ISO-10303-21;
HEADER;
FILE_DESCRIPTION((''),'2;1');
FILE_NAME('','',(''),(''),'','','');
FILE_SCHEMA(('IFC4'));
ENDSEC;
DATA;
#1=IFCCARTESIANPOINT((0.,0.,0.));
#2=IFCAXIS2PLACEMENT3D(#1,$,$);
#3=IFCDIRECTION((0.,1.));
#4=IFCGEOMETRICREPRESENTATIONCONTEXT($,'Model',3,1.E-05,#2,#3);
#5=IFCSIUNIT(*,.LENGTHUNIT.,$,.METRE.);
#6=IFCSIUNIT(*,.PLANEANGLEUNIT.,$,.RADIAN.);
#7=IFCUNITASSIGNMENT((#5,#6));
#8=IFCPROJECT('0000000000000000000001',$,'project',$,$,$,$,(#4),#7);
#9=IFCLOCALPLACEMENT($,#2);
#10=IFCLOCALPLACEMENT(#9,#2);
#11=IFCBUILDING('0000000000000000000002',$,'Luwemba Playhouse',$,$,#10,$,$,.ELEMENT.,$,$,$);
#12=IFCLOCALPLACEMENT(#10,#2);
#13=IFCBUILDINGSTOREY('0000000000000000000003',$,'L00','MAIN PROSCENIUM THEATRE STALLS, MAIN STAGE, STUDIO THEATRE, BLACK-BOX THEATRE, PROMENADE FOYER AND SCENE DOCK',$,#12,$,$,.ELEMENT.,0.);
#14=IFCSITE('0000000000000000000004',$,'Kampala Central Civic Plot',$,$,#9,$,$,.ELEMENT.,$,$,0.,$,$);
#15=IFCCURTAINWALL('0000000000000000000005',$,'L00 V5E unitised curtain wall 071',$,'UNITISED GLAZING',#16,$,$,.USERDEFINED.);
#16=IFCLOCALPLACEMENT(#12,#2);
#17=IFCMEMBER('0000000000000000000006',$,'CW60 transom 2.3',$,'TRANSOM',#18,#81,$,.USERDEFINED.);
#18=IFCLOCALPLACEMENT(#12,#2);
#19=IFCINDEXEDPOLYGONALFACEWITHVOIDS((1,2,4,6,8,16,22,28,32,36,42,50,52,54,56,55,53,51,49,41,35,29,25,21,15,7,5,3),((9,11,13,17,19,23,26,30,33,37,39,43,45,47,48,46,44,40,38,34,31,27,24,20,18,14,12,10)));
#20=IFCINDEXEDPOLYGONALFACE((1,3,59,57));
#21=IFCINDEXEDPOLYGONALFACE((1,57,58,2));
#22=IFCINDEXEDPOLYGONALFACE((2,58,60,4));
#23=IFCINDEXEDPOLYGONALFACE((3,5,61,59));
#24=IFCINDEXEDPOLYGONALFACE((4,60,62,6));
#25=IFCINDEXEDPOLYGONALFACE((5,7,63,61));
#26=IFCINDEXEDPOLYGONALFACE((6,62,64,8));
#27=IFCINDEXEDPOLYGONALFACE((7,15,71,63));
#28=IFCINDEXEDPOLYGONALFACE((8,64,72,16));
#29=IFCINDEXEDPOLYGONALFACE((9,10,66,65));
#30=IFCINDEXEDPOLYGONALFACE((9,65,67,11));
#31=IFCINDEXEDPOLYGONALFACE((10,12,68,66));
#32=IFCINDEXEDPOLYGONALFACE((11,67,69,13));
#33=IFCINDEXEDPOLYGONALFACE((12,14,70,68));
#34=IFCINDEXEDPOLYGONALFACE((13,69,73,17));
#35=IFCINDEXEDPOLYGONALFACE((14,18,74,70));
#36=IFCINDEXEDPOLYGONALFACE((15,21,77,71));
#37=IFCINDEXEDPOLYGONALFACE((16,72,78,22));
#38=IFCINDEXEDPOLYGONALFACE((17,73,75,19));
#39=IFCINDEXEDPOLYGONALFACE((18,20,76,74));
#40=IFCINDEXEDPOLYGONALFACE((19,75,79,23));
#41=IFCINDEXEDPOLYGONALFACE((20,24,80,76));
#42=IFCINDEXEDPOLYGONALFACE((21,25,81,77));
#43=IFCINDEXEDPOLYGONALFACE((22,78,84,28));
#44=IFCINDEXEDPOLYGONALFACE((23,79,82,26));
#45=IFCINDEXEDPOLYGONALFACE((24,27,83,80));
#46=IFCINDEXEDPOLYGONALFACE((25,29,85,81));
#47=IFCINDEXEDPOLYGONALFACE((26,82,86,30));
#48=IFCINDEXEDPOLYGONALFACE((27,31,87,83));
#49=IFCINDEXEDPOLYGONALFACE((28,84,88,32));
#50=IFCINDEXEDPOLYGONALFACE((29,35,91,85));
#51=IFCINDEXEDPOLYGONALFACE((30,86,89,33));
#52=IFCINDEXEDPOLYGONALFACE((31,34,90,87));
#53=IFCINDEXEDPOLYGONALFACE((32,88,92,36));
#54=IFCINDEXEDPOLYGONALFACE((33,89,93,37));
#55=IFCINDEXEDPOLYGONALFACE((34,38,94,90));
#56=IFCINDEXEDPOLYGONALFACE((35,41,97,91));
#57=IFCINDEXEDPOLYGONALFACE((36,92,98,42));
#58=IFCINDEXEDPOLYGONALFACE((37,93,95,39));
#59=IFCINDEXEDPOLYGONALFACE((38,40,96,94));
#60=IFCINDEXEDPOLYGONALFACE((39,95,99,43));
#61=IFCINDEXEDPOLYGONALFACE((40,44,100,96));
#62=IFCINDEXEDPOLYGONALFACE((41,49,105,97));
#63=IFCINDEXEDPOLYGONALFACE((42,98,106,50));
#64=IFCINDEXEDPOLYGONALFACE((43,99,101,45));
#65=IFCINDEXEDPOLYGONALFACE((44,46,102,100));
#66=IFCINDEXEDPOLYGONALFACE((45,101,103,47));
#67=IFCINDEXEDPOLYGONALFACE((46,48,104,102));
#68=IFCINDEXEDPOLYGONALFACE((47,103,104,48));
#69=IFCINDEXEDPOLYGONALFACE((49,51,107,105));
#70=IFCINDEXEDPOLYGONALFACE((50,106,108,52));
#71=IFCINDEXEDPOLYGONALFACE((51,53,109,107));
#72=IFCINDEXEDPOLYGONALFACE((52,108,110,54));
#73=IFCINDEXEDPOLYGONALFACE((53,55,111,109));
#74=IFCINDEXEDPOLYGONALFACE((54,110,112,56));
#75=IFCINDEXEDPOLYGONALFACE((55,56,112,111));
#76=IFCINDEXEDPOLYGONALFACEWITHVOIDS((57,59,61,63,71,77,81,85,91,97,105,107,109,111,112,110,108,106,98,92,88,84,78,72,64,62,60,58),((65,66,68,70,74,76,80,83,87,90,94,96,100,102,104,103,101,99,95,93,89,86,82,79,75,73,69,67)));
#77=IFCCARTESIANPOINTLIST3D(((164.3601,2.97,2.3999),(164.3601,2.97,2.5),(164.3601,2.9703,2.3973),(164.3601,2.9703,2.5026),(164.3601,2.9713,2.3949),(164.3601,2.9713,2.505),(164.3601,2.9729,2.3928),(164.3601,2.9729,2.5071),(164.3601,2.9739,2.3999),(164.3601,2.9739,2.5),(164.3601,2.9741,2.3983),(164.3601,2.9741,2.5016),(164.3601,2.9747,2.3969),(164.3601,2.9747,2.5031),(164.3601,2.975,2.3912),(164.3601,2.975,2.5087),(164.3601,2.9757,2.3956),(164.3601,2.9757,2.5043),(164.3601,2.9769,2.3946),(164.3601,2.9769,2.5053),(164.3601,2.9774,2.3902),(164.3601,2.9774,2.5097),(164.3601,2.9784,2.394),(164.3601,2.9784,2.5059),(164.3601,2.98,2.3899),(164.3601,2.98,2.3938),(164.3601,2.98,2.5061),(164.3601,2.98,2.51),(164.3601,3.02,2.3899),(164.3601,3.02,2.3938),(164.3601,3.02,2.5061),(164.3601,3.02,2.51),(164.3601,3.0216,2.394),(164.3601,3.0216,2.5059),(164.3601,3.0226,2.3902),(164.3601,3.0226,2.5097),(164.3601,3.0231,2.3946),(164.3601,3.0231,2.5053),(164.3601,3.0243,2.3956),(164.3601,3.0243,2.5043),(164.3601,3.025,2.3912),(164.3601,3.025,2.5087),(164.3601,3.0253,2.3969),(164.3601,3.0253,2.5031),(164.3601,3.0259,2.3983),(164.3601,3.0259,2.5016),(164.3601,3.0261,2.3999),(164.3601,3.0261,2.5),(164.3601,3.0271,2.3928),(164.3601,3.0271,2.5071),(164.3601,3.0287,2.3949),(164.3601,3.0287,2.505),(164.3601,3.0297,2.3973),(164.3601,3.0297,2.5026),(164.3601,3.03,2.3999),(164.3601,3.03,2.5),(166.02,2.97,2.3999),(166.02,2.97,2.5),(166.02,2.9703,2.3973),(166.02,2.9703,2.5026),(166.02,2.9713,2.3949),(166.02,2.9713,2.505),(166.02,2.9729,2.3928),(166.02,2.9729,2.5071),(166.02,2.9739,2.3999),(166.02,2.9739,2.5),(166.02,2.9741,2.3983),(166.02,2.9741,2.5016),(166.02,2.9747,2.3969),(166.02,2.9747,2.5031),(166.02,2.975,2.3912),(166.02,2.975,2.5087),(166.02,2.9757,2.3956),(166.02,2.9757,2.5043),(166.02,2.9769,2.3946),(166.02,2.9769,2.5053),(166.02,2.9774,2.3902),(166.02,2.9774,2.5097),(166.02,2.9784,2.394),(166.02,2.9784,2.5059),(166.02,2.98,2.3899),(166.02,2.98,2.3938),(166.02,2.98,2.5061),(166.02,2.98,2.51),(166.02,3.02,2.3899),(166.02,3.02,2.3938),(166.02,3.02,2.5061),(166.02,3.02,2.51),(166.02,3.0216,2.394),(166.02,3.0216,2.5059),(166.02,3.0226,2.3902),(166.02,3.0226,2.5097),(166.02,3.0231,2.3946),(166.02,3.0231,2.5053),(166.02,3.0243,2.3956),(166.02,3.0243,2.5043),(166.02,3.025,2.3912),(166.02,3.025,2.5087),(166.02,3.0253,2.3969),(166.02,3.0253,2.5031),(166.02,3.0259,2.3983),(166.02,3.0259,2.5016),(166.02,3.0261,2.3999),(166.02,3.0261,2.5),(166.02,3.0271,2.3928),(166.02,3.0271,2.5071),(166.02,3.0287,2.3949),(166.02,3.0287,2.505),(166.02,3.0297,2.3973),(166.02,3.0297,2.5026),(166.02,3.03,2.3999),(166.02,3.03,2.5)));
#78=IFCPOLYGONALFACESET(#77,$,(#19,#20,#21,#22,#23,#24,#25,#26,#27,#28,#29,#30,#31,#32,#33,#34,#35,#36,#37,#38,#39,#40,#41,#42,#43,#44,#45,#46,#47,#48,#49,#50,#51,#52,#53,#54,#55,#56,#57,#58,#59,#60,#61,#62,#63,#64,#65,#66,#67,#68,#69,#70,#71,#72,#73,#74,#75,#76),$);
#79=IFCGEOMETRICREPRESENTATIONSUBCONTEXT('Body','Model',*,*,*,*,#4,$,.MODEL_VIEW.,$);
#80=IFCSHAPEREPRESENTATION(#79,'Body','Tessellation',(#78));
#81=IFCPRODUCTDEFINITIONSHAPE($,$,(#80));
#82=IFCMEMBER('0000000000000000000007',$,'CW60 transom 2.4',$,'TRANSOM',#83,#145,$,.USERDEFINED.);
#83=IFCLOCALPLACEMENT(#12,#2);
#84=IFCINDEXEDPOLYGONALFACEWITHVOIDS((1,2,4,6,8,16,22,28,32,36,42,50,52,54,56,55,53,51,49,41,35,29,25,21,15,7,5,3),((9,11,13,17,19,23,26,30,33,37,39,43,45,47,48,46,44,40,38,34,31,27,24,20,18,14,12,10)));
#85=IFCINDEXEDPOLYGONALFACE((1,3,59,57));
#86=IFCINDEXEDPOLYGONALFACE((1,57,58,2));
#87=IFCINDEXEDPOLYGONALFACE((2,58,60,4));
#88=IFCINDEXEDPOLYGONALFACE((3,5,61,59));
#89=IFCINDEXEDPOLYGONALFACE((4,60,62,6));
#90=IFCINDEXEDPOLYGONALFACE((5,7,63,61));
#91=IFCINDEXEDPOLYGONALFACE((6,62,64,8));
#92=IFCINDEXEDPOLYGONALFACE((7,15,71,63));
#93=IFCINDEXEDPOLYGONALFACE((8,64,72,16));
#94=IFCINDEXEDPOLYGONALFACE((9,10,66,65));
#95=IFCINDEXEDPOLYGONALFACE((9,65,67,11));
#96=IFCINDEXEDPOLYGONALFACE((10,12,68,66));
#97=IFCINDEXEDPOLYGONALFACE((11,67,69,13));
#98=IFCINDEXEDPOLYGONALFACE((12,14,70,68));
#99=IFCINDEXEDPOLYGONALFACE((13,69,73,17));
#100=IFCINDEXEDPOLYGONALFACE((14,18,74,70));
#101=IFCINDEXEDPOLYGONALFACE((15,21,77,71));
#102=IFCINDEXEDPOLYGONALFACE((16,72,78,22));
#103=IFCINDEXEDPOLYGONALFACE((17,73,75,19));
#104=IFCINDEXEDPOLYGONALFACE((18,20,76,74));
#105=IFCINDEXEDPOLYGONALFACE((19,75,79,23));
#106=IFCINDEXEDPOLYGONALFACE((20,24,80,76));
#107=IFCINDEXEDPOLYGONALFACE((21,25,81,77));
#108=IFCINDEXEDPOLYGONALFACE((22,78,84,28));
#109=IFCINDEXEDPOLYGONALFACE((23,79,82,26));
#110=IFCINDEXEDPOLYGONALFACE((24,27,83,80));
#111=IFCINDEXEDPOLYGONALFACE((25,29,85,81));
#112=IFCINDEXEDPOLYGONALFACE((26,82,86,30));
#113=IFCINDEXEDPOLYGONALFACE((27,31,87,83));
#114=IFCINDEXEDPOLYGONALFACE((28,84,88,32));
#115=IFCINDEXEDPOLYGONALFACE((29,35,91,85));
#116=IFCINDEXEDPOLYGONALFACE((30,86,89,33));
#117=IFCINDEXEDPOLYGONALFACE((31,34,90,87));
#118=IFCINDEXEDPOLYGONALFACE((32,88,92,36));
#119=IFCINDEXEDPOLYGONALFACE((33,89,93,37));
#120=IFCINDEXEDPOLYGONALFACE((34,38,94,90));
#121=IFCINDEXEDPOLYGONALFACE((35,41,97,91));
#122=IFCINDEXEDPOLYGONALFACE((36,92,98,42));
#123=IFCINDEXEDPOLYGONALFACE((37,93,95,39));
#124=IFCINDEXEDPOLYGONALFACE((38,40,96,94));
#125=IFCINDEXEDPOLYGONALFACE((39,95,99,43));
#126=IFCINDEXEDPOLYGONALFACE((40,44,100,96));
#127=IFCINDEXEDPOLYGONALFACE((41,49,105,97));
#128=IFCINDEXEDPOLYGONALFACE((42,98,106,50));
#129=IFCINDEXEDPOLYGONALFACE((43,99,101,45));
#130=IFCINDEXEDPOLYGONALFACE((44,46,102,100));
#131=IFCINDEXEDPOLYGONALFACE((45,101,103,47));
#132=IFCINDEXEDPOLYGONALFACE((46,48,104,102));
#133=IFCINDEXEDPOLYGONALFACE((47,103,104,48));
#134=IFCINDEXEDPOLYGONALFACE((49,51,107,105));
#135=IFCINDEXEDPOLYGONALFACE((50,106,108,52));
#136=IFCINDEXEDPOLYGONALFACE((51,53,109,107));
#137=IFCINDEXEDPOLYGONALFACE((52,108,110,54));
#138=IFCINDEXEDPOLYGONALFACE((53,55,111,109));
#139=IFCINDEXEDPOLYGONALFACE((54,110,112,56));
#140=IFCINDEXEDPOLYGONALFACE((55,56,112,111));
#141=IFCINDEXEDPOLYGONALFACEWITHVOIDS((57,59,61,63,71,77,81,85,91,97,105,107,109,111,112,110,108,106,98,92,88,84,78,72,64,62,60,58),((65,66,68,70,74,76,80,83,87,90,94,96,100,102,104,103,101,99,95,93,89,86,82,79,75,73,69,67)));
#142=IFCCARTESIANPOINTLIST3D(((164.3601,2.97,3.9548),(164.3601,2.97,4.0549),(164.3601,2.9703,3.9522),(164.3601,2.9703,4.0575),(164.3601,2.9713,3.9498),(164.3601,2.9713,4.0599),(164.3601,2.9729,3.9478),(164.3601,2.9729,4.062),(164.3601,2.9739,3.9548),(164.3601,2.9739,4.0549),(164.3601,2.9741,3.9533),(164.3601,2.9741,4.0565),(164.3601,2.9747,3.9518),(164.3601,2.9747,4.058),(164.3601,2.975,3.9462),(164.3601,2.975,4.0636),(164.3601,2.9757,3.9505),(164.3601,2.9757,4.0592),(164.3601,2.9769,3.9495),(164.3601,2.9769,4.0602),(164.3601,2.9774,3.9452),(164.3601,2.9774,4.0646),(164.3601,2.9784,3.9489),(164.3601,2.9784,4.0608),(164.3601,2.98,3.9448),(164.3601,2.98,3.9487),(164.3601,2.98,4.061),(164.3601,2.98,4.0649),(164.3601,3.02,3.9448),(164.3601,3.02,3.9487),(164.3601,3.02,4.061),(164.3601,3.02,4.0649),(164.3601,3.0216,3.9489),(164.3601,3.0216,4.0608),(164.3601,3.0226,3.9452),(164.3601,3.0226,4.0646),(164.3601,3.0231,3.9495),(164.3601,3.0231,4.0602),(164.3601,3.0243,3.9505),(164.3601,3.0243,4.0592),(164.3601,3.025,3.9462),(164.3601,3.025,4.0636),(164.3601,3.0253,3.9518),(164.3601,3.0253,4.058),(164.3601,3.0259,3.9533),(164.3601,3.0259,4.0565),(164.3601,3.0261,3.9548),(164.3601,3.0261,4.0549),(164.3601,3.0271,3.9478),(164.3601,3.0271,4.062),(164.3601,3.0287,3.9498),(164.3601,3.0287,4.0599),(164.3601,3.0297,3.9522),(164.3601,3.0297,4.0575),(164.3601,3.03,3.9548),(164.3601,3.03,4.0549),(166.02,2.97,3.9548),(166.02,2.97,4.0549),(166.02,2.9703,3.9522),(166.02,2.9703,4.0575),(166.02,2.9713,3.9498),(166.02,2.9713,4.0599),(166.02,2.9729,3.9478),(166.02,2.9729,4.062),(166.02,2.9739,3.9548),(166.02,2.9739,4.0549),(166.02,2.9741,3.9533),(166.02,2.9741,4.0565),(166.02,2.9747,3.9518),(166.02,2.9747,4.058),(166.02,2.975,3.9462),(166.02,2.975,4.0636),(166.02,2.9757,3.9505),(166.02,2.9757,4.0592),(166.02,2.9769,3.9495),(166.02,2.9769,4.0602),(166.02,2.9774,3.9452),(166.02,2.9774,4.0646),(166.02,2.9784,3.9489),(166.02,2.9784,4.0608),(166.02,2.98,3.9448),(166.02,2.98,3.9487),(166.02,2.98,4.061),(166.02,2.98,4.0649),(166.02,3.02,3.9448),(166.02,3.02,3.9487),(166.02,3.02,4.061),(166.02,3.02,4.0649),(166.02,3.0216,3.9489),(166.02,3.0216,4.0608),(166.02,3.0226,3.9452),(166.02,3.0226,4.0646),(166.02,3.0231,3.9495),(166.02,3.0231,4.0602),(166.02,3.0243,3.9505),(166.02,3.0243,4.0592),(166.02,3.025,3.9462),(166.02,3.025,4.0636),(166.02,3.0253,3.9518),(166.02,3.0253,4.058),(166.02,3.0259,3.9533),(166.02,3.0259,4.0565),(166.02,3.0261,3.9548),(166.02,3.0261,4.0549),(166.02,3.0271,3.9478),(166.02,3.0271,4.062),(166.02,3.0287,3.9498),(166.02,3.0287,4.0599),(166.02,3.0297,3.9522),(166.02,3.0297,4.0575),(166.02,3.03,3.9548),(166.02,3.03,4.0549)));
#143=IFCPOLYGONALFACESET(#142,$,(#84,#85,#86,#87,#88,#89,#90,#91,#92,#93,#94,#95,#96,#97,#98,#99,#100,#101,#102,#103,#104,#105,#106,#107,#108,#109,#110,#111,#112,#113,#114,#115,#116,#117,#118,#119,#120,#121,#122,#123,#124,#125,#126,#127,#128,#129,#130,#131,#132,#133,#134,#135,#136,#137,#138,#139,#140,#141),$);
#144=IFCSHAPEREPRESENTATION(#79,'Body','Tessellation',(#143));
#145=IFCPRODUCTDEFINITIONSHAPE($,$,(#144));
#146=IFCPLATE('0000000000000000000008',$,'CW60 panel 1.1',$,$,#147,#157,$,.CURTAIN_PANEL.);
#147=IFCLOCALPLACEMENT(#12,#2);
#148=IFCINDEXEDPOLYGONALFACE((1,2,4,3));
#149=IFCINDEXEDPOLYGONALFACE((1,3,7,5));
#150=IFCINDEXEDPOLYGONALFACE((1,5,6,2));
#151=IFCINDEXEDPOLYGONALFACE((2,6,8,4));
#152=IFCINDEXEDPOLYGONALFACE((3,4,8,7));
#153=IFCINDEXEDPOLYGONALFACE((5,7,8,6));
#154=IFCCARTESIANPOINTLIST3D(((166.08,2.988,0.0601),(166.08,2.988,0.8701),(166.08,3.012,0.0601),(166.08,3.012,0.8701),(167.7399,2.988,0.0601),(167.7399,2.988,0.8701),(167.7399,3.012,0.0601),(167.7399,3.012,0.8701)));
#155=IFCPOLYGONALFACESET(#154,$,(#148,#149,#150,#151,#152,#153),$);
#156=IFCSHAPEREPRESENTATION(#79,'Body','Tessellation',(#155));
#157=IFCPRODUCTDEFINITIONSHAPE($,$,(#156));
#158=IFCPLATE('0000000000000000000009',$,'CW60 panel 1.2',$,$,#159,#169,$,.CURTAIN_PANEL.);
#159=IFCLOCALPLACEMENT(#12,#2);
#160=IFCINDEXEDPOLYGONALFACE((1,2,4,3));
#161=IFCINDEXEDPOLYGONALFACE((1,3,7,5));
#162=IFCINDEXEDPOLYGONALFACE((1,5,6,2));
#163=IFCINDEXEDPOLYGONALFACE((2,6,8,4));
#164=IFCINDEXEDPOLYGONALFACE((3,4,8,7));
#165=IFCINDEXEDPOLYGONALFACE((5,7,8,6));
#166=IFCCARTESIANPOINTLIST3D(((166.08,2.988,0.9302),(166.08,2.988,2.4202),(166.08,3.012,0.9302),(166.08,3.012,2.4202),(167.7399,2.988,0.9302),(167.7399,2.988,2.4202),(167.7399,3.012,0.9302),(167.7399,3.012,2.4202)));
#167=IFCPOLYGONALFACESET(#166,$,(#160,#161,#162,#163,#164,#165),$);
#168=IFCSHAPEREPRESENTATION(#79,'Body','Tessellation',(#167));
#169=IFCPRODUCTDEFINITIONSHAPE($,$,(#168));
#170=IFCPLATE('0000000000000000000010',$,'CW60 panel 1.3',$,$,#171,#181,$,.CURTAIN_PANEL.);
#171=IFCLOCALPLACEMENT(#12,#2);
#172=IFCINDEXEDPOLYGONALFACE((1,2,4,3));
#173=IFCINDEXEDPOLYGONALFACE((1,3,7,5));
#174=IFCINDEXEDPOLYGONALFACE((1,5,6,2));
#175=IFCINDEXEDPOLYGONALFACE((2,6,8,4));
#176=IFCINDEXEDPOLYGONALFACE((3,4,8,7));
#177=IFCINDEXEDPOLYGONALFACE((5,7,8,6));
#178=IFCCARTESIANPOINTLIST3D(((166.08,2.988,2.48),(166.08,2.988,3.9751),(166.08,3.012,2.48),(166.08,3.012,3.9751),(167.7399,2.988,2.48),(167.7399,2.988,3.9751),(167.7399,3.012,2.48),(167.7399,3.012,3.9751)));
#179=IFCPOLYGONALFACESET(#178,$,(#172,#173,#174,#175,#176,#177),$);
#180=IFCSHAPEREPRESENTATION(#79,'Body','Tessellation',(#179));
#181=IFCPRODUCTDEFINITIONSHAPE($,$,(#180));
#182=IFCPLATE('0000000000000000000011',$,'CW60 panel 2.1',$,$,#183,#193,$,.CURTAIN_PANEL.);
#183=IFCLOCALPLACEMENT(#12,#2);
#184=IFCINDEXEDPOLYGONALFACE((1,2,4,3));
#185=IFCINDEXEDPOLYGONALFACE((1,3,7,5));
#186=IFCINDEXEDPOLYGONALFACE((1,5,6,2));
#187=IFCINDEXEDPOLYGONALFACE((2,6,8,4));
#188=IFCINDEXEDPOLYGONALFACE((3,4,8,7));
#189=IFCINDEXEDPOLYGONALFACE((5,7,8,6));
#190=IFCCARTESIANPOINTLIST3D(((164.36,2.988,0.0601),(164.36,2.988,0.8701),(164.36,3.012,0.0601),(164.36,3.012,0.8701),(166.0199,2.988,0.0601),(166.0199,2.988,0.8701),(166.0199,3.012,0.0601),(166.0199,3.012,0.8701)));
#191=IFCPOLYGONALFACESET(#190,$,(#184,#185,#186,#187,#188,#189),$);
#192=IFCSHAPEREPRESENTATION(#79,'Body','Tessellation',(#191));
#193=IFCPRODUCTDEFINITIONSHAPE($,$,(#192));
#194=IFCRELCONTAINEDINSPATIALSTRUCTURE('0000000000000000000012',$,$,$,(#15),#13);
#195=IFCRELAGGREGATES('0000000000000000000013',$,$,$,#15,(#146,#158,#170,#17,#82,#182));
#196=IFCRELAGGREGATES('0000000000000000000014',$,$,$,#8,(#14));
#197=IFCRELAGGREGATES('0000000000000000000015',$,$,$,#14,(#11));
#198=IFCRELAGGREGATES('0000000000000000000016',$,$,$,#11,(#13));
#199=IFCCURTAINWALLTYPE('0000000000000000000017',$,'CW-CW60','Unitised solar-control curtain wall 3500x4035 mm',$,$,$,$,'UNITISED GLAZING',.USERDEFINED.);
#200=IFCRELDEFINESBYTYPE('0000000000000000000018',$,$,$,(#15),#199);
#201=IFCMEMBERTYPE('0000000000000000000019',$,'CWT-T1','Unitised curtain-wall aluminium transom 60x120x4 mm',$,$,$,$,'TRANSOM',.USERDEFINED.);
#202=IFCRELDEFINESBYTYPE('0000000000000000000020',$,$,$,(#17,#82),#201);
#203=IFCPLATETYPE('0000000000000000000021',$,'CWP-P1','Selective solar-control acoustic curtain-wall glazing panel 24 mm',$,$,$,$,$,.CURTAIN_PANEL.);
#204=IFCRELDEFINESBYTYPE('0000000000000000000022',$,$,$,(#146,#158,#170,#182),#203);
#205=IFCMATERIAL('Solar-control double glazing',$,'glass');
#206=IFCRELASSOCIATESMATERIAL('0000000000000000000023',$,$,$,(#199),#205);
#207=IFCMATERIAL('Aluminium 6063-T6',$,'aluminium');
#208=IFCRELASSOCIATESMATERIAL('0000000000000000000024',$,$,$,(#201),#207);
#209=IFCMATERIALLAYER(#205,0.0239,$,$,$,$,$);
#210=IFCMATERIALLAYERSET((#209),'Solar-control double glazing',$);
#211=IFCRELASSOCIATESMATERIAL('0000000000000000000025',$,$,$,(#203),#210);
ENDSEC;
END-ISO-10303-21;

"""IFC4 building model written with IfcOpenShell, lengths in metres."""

from ifc_helpers import new_model, si_unit, direction, frame, origin, origin_2d, place, context, subcontext, project, spatial, rectangle, hollow_rectangle, extrude, material, layer, layer_set, material_profile, profile_set, type_object, element, aggregate, save


model = new_model("IFC4")

# Units and contexts
model_context = context("Model", 3, precision=1e-05, world=origin(), true_north=direction((0.0, 1.0)))
body_context = subcontext(model_context, "Body", "Model", "MODEL_VIEW")
ifc_project = project(units=[si_unit("LENGTHUNIT", "METRE"), si_unit("PLANEANGLEUNIT", "RADIAN")], contexts=[model_context])

# Site, building, storey
site_placement = place(None, origin())
site = spatial("IfcSite", under=ifc_project, at=site_placement, Name="Kampala Central Civic Plot", CompositionType="ELEMENT", RefElevation=0.0)
building_placement = place(site_placement, origin())
building = spatial("IfcBuilding", under=site, at=building_placement, Name="Luwemba Playhouse", CompositionType="ELEMENT")
storey_placement = place(building_placement, origin())
storey = spatial("IfcBuildingStorey", under=building, at=storey_placement, Name="L00", Description="MAIN PROSCENIUM THEATRE STALLS, MAIN STAGE, STUDIO THEATRE, BLACK-BOX THEATRE, PROMENADE FOYER AND SCENE DOCK", CompositionType="ELEMENT", Elevation=0.0)

# Curtain wall, members, plates
ifc_material_1 = material(Name="Solar-control double glazing", Category="glass")
curtain_wall_type = type_object("IfcCurtainWallType", Name="CW-CW60", Description="Unitised solar-control curtain wall 3500x4035 mm", ElementType="UNITISED GLAZING", PredefinedType="USERDEFINED", material=ifc_material_1)
curtain_wall_placement = place(storey_placement, origin())
curtain_wall = element("IfcCurtainWall", 1, at=curtain_wall_placement, inside=storey, type_object=curtain_wall_type, Name="L00 V5E unitised curtain wall 071", ObjectType="UNITISED GLAZING", PredefinedType="USERDEFINED")
ifc_material_2 = material(Name="Aluminium 6063-T6", Category="aluminium")
ifc_material_profile_1 = material_profile(ifc_material_2, hollow_rectangle(XDim=0.0601, YDim=0.1201, WallThickness=0.0039, InnerFilletRadius=0.0061, OuterFilletRadius=0.01, at=origin_2d()))
ifc_profile_set_1 = profile_set([ifc_material_profile_1], Name="Aluminium 6063-T6")
member_type_1 = type_object("IfcMemberType", Name="CWT-T1", Description="Unitised curtain-wall aluminium transom 60x120x4 mm", ElementType="TRANSOM", PredefinedType="USERDEFINED", material=ifc_profile_set_1)
member_1_placement = place(storey_placement, frame((166.02, 3.0, 2.45), z_axis=(-1.0, 0.0, 0.0), x_axis=(0.0, -1.0, 0.0)))
member_1 = element("IfcMember", 2, at=member_1_placement, type_object=member_type_1, Name="CW60 transom 2.3", ObjectType="TRANSOM", PredefinedType="USERDEFINED", context=body_context, shape_type="SweptSolid", body=[
    extrude(hollow_rectangle(XDim=0.0601, YDim=0.1201, WallThickness=0.0039, InnerFilletRadius=0.0061, OuterFilletRadius=0.01, at=origin_2d()), origin(), (0.0, 0.0, 1.0), 1.6599),
])
member_2_placement = place(storey_placement, frame((166.02, 3.0, 4.0049), z_axis=(-1.0, 0.0, 0.0), x_axis=(0.0, -1.0, 0.0)))
member_2 = element("IfcMember", 3, at=member_2_placement, type_object=member_type_1, Name="CW60 transom 2.4", ObjectType="TRANSOM", PredefinedType="USERDEFINED", context=body_context, shape_type="SweptSolid", body=[
    extrude(hollow_rectangle(XDim=0.0601, YDim=0.1201, WallThickness=0.0039, InnerFilletRadius=0.0061, OuterFilletRadius=0.01, at=origin_2d()), origin(), (0.0, 0.0, 1.0), 1.6599),
])
ifc_layer_1 = layer(ifc_material_1, 0.0239)
ifc_layer_set_1 = layer_set([ifc_layer_1], Name="Solar-control double glazing")
plate_type = type_object("IfcPlateType", Name="CWP-P1", Description="Selective solar-control acoustic curtain-wall glazing panel 24 mm", PredefinedType="CURTAIN_PANEL", material=ifc_layer_set_1)
plate_1_placement = place(storey_placement, frame((166.9099, 3.0, 0.0601), z_axis=(0.0, 0.0, 1.0), x_axis=(-1.0, 0.0, 0.0)))
plate_1 = element("IfcPlate", 4, at=plate_1_placement, type_object=plate_type, Name="CW60 panel 1.1", PredefinedType="CURTAIN_PANEL", context=body_context, shape_type="SweptSolid", body=[
    extrude(rectangle(XDim=1.6599, YDim=0.0239, at=origin_2d()), origin(), (0.0, 0.0, 1.0), 0.8101),
])
plate_2_placement = place(storey_placement, frame((166.9099, 3.0, 0.9302), z_axis=(0.0, 0.0, 1.0), x_axis=(-1.0, 0.0, 0.0)))
plate_2 = element("IfcPlate", 5, at=plate_2_placement, type_object=plate_type, Name="CW60 panel 1.2", PredefinedType="CURTAIN_PANEL", context=body_context, shape_type="SweptSolid", body=[
    extrude(rectangle(XDim=1.6599, YDim=0.0239, at=origin_2d()), origin(), (0.0, 0.0, 1.0), 1.49),
])
plate_3_placement = place(storey_placement, frame((166.9099, 3.0, 2.48), z_axis=(0.0, 0.0, 1.0), x_axis=(-1.0, 0.0, 0.0)))
plate_3 = element("IfcPlate", 6, at=plate_3_placement, type_object=plate_type, Name="CW60 panel 1.3", PredefinedType="CURTAIN_PANEL", context=body_context, shape_type="SweptSolid", body=[
    extrude(rectangle(XDim=1.6599, YDim=0.0239, at=origin_2d()), origin(), (0.0, 0.0, 1.0), 1.4951),
])
plate_4_placement = place(storey_placement, frame((165.1899, 3.0, 0.0601), z_axis=(0.0, 0.0, 1.0), x_axis=(-1.0, 0.0, 0.0)))
plate_4 = element("IfcPlate", 7, at=plate_4_placement, type_object=plate_type, Name="CW60 panel 2.1", PredefinedType="CURTAIN_PANEL", context=body_context, shape_type="SweptSolid", body=[
    extrude(rectangle(XDim=1.6599, YDim=0.0239, at=origin_2d()), origin(), (0.0, 0.0, 1.0), 0.8101),
])
aggregate(curtain_wall, [plate_1, plate_2, plate_3, member_1, member_2, plate_4])

save(model, "model.ifc")
